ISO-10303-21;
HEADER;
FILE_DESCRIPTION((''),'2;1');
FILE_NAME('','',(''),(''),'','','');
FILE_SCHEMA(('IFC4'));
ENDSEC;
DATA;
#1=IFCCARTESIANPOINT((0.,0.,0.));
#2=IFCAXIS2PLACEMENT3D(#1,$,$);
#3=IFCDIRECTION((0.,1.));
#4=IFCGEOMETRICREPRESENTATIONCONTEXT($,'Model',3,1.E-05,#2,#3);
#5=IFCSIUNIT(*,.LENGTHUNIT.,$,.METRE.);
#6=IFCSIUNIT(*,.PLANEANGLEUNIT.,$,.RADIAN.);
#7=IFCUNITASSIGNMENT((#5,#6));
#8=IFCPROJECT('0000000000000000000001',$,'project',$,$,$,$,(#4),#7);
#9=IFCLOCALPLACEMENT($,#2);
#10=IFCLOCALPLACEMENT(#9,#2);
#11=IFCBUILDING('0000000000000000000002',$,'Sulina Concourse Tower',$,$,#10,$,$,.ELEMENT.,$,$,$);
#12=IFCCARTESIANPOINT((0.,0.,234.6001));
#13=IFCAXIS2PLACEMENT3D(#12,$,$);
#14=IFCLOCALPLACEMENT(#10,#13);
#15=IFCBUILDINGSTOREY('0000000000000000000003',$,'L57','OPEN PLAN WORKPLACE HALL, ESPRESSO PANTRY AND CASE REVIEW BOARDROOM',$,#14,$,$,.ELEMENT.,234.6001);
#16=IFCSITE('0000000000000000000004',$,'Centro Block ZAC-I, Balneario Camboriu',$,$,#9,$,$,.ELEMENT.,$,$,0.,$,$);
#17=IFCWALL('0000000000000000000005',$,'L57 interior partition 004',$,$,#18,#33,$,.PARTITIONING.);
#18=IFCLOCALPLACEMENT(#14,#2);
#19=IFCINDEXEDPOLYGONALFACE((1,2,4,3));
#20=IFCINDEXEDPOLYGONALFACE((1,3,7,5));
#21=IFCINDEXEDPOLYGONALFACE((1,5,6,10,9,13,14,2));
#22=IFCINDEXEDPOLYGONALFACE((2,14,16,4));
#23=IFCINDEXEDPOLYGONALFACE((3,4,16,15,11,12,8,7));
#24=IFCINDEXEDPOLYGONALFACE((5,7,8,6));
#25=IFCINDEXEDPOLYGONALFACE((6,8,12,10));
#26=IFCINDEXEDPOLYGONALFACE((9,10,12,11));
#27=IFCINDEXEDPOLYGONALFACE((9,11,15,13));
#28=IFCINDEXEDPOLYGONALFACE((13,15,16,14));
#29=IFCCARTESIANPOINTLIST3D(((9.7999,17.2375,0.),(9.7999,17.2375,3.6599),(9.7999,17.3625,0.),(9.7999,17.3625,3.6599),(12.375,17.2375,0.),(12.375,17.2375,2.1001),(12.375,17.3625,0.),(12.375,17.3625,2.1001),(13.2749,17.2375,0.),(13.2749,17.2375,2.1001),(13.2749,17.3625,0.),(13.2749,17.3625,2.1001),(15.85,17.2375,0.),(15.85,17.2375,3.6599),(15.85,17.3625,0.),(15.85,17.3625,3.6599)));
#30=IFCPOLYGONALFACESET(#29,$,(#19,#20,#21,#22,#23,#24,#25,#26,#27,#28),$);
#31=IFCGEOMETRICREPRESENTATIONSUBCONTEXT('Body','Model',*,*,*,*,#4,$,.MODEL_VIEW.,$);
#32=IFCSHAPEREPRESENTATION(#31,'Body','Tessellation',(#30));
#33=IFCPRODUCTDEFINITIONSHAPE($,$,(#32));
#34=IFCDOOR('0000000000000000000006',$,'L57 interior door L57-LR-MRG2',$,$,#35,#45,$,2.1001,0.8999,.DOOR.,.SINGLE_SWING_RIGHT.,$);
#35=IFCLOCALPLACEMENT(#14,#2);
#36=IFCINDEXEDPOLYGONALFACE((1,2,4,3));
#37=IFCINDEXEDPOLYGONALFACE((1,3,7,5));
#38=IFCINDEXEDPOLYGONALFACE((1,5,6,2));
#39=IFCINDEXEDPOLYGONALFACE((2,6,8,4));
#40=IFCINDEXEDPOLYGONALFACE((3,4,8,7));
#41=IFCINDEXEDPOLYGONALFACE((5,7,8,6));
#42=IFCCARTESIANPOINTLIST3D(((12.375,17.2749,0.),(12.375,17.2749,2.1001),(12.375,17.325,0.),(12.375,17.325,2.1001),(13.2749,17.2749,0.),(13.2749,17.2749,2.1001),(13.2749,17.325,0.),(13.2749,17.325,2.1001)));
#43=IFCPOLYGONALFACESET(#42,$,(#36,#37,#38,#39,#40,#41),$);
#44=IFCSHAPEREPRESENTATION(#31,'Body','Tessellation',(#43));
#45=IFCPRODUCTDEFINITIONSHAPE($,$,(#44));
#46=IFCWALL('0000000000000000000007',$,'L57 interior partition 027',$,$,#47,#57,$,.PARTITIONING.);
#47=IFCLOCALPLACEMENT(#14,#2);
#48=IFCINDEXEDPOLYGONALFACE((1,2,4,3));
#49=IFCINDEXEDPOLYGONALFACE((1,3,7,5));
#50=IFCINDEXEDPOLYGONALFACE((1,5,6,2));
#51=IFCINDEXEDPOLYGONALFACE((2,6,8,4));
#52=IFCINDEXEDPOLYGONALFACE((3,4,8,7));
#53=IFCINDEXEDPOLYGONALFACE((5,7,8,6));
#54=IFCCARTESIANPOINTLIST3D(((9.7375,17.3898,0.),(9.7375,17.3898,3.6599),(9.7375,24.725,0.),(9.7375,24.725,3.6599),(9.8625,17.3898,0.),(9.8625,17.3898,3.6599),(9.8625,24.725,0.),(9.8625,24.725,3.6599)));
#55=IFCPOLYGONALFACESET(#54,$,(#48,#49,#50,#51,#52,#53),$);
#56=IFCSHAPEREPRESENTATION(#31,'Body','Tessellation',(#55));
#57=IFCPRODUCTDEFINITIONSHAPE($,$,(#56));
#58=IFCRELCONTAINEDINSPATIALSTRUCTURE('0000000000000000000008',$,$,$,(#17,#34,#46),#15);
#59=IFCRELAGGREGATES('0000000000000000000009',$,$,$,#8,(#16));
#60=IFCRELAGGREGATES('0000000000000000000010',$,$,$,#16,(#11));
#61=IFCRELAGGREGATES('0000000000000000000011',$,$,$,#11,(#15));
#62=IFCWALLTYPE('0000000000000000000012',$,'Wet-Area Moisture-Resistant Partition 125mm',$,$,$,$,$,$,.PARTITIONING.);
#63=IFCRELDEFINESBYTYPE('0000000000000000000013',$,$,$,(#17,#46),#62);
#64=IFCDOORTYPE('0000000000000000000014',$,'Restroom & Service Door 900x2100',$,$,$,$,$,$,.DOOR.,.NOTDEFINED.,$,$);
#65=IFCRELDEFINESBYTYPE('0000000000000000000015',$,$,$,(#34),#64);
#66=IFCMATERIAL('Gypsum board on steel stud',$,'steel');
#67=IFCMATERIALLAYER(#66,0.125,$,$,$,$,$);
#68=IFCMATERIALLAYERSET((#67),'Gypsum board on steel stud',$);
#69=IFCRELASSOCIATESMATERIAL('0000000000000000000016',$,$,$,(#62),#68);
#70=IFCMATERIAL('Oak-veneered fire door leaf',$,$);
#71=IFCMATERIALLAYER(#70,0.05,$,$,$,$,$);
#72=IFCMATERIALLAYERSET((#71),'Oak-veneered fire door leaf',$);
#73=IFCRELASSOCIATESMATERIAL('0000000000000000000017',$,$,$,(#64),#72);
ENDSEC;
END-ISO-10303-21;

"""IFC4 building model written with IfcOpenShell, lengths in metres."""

from ifc_helpers import new_model, si_unit, direction, frame, frame_2d, origin, place, context, subcontext, project, spatial, rectangle, extrude, material, layer, layer_set, type_object, element, fill, save


model = new_model("IFC4")

# Units and contexts
model_context = context("Model", 3, precision=1e-05, world=origin(), true_north=direction((0.0, 1.0)))
body_context = subcontext(model_context, "Body", "Model", "MODEL_VIEW")
ifc_project = project(units=[si_unit("LENGTHUNIT", "METRE"), si_unit("PLANEANGLEUNIT", "RADIAN")], contexts=[model_context])

# Site, building, storey
site_placement = place(None, origin())
site = spatial("IfcSite", under=ifc_project, at=site_placement, Name="Centro Block ZAC-I, Balneario Camboriu", CompositionType="ELEMENT", RefElevation=0.0)
building_placement = place(site_placement, origin())
building = spatial("IfcBuilding", under=site, at=building_placement, Name="Sulina Concourse Tower", CompositionType="ELEMENT")
storey_placement = place(building_placement, frame((0.0, 0.0, 234.6001)))
storey = spatial("IfcBuildingStorey", under=building, at=storey_placement, Name="L57", Description="OPEN PLAN WORKPLACE HALL, ESPRESSO PANTRY AND CASE REVIEW BOARDROOM", CompositionType="ELEMENT", Elevation=234.6001)

# Wall, opening, door
ifc_material_1 = material(Name="Gypsum board on steel stud", Category="steel")
ifc_layer_1 = layer(ifc_material_1, 0.125)
ifc_layer_set_1 = layer_set([ifc_layer_1], Name="Gypsum board on steel stud")
wall_type_1 = type_object("IfcWallType", Name="Wet-Area Moisture-Resistant Partition 125mm", PredefinedType="PARTITIONING", material=ifc_layer_set_1)
wall_1_placement = place(storey_placement, frame((9.8, 17.3, 0.0), z_axis=(0.0, 0.0, 1.0), x_axis=(1.0, 0.0, 0.0)))
wall_1 = element("IfcWall", 1, at=wall_1_placement, inside=storey, type_object=wall_type_1, Name="L57 interior partition 004", PredefinedType="PARTITIONING", context=body_context, shape_type="SweptSolid", body=[
    extrude(rectangle(XDim=6.05, YDim=0.125, at=frame_2d((3.0249, 0.0))), origin(), (0.0, 0.0, 1.0), 3.6599),
])
opening_1_placement = place(wall_1_placement, frame((2.575, 0.0, 0.0)))
opening_1 = element("IfcOpeningElement", 2, at=opening_1_placement, cuts=wall_1, PredefinedType="OPENING", context=body_context, shape_type="SweptSolid", body=[
    extrude(rectangle(XDim=0.8999, YDim=2.1001, at=frame_2d((0.45, 1.05))), frame((0.0, 0.0725, 0.0), z_axis=(0.0, -1.0, 0.0), x_axis=(1.0, 0.0, 0.0)), (0.0, 0.0, 1.0), 0.145),
])
ifc_material_2 = material(Name="Oak-veneered fire door leaf")
ifc_layer_2 = layer(ifc_material_2, 0.05)
ifc_layer_set_2 = layer_set([ifc_layer_2], Name="Oak-veneered fire door leaf")
door_type_1 = type_object("IfcDoorType", Name="Restroom & Service Door 900x2100", OperationType="NOTDEFINED", PredefinedType="DOOR", material=ifc_layer_set_2)
door_1_placement = place(opening_1_placement, origin())
door_1 = element("IfcDoor", 3, at=door_1_placement, inside=storey, type_object=door_type_1, Name="L57 interior door L57-LR-MRG2", OperationType="SINGLE_SWING_RIGHT", OverallHeight=2.1001, OverallWidth=0.8999, PredefinedType="DOOR", context=body_context, shape_type="SweptSolid", body=[
    extrude(rectangle(XDim=0.8999, YDim=2.1001, at=frame_2d((0.45, 1.05))), frame((0.0, 0.0249, 0.0), z_axis=(0.0, -1.0, 0.0), x_axis=(1.0, 0.0, 0.0)), (0.0, 0.0, 1.0), 0.05),
])
fill(opening_1, door_1)

# Wall
wall_2_placement = place(storey_placement, frame((9.8, 17.3899, 0.0), z_axis=(0.0, 0.0, 1.0), x_axis=(0.0, 1.0, 0.0)))
element("IfcWall", 4, at=wall_2_placement, inside=storey, type_object=wall_type_1, Name="L57 interior partition 027", PredefinedType="PARTITIONING", context=body_context, shape_type="SweptSolid", body=[
    extrude(rectangle(XDim=7.3352, YDim=0.125, at=frame_2d((3.6675, 0.0))), origin(), (0.0, 0.0, 1.0), 3.6599),
])

save(model, "model.ifc")
